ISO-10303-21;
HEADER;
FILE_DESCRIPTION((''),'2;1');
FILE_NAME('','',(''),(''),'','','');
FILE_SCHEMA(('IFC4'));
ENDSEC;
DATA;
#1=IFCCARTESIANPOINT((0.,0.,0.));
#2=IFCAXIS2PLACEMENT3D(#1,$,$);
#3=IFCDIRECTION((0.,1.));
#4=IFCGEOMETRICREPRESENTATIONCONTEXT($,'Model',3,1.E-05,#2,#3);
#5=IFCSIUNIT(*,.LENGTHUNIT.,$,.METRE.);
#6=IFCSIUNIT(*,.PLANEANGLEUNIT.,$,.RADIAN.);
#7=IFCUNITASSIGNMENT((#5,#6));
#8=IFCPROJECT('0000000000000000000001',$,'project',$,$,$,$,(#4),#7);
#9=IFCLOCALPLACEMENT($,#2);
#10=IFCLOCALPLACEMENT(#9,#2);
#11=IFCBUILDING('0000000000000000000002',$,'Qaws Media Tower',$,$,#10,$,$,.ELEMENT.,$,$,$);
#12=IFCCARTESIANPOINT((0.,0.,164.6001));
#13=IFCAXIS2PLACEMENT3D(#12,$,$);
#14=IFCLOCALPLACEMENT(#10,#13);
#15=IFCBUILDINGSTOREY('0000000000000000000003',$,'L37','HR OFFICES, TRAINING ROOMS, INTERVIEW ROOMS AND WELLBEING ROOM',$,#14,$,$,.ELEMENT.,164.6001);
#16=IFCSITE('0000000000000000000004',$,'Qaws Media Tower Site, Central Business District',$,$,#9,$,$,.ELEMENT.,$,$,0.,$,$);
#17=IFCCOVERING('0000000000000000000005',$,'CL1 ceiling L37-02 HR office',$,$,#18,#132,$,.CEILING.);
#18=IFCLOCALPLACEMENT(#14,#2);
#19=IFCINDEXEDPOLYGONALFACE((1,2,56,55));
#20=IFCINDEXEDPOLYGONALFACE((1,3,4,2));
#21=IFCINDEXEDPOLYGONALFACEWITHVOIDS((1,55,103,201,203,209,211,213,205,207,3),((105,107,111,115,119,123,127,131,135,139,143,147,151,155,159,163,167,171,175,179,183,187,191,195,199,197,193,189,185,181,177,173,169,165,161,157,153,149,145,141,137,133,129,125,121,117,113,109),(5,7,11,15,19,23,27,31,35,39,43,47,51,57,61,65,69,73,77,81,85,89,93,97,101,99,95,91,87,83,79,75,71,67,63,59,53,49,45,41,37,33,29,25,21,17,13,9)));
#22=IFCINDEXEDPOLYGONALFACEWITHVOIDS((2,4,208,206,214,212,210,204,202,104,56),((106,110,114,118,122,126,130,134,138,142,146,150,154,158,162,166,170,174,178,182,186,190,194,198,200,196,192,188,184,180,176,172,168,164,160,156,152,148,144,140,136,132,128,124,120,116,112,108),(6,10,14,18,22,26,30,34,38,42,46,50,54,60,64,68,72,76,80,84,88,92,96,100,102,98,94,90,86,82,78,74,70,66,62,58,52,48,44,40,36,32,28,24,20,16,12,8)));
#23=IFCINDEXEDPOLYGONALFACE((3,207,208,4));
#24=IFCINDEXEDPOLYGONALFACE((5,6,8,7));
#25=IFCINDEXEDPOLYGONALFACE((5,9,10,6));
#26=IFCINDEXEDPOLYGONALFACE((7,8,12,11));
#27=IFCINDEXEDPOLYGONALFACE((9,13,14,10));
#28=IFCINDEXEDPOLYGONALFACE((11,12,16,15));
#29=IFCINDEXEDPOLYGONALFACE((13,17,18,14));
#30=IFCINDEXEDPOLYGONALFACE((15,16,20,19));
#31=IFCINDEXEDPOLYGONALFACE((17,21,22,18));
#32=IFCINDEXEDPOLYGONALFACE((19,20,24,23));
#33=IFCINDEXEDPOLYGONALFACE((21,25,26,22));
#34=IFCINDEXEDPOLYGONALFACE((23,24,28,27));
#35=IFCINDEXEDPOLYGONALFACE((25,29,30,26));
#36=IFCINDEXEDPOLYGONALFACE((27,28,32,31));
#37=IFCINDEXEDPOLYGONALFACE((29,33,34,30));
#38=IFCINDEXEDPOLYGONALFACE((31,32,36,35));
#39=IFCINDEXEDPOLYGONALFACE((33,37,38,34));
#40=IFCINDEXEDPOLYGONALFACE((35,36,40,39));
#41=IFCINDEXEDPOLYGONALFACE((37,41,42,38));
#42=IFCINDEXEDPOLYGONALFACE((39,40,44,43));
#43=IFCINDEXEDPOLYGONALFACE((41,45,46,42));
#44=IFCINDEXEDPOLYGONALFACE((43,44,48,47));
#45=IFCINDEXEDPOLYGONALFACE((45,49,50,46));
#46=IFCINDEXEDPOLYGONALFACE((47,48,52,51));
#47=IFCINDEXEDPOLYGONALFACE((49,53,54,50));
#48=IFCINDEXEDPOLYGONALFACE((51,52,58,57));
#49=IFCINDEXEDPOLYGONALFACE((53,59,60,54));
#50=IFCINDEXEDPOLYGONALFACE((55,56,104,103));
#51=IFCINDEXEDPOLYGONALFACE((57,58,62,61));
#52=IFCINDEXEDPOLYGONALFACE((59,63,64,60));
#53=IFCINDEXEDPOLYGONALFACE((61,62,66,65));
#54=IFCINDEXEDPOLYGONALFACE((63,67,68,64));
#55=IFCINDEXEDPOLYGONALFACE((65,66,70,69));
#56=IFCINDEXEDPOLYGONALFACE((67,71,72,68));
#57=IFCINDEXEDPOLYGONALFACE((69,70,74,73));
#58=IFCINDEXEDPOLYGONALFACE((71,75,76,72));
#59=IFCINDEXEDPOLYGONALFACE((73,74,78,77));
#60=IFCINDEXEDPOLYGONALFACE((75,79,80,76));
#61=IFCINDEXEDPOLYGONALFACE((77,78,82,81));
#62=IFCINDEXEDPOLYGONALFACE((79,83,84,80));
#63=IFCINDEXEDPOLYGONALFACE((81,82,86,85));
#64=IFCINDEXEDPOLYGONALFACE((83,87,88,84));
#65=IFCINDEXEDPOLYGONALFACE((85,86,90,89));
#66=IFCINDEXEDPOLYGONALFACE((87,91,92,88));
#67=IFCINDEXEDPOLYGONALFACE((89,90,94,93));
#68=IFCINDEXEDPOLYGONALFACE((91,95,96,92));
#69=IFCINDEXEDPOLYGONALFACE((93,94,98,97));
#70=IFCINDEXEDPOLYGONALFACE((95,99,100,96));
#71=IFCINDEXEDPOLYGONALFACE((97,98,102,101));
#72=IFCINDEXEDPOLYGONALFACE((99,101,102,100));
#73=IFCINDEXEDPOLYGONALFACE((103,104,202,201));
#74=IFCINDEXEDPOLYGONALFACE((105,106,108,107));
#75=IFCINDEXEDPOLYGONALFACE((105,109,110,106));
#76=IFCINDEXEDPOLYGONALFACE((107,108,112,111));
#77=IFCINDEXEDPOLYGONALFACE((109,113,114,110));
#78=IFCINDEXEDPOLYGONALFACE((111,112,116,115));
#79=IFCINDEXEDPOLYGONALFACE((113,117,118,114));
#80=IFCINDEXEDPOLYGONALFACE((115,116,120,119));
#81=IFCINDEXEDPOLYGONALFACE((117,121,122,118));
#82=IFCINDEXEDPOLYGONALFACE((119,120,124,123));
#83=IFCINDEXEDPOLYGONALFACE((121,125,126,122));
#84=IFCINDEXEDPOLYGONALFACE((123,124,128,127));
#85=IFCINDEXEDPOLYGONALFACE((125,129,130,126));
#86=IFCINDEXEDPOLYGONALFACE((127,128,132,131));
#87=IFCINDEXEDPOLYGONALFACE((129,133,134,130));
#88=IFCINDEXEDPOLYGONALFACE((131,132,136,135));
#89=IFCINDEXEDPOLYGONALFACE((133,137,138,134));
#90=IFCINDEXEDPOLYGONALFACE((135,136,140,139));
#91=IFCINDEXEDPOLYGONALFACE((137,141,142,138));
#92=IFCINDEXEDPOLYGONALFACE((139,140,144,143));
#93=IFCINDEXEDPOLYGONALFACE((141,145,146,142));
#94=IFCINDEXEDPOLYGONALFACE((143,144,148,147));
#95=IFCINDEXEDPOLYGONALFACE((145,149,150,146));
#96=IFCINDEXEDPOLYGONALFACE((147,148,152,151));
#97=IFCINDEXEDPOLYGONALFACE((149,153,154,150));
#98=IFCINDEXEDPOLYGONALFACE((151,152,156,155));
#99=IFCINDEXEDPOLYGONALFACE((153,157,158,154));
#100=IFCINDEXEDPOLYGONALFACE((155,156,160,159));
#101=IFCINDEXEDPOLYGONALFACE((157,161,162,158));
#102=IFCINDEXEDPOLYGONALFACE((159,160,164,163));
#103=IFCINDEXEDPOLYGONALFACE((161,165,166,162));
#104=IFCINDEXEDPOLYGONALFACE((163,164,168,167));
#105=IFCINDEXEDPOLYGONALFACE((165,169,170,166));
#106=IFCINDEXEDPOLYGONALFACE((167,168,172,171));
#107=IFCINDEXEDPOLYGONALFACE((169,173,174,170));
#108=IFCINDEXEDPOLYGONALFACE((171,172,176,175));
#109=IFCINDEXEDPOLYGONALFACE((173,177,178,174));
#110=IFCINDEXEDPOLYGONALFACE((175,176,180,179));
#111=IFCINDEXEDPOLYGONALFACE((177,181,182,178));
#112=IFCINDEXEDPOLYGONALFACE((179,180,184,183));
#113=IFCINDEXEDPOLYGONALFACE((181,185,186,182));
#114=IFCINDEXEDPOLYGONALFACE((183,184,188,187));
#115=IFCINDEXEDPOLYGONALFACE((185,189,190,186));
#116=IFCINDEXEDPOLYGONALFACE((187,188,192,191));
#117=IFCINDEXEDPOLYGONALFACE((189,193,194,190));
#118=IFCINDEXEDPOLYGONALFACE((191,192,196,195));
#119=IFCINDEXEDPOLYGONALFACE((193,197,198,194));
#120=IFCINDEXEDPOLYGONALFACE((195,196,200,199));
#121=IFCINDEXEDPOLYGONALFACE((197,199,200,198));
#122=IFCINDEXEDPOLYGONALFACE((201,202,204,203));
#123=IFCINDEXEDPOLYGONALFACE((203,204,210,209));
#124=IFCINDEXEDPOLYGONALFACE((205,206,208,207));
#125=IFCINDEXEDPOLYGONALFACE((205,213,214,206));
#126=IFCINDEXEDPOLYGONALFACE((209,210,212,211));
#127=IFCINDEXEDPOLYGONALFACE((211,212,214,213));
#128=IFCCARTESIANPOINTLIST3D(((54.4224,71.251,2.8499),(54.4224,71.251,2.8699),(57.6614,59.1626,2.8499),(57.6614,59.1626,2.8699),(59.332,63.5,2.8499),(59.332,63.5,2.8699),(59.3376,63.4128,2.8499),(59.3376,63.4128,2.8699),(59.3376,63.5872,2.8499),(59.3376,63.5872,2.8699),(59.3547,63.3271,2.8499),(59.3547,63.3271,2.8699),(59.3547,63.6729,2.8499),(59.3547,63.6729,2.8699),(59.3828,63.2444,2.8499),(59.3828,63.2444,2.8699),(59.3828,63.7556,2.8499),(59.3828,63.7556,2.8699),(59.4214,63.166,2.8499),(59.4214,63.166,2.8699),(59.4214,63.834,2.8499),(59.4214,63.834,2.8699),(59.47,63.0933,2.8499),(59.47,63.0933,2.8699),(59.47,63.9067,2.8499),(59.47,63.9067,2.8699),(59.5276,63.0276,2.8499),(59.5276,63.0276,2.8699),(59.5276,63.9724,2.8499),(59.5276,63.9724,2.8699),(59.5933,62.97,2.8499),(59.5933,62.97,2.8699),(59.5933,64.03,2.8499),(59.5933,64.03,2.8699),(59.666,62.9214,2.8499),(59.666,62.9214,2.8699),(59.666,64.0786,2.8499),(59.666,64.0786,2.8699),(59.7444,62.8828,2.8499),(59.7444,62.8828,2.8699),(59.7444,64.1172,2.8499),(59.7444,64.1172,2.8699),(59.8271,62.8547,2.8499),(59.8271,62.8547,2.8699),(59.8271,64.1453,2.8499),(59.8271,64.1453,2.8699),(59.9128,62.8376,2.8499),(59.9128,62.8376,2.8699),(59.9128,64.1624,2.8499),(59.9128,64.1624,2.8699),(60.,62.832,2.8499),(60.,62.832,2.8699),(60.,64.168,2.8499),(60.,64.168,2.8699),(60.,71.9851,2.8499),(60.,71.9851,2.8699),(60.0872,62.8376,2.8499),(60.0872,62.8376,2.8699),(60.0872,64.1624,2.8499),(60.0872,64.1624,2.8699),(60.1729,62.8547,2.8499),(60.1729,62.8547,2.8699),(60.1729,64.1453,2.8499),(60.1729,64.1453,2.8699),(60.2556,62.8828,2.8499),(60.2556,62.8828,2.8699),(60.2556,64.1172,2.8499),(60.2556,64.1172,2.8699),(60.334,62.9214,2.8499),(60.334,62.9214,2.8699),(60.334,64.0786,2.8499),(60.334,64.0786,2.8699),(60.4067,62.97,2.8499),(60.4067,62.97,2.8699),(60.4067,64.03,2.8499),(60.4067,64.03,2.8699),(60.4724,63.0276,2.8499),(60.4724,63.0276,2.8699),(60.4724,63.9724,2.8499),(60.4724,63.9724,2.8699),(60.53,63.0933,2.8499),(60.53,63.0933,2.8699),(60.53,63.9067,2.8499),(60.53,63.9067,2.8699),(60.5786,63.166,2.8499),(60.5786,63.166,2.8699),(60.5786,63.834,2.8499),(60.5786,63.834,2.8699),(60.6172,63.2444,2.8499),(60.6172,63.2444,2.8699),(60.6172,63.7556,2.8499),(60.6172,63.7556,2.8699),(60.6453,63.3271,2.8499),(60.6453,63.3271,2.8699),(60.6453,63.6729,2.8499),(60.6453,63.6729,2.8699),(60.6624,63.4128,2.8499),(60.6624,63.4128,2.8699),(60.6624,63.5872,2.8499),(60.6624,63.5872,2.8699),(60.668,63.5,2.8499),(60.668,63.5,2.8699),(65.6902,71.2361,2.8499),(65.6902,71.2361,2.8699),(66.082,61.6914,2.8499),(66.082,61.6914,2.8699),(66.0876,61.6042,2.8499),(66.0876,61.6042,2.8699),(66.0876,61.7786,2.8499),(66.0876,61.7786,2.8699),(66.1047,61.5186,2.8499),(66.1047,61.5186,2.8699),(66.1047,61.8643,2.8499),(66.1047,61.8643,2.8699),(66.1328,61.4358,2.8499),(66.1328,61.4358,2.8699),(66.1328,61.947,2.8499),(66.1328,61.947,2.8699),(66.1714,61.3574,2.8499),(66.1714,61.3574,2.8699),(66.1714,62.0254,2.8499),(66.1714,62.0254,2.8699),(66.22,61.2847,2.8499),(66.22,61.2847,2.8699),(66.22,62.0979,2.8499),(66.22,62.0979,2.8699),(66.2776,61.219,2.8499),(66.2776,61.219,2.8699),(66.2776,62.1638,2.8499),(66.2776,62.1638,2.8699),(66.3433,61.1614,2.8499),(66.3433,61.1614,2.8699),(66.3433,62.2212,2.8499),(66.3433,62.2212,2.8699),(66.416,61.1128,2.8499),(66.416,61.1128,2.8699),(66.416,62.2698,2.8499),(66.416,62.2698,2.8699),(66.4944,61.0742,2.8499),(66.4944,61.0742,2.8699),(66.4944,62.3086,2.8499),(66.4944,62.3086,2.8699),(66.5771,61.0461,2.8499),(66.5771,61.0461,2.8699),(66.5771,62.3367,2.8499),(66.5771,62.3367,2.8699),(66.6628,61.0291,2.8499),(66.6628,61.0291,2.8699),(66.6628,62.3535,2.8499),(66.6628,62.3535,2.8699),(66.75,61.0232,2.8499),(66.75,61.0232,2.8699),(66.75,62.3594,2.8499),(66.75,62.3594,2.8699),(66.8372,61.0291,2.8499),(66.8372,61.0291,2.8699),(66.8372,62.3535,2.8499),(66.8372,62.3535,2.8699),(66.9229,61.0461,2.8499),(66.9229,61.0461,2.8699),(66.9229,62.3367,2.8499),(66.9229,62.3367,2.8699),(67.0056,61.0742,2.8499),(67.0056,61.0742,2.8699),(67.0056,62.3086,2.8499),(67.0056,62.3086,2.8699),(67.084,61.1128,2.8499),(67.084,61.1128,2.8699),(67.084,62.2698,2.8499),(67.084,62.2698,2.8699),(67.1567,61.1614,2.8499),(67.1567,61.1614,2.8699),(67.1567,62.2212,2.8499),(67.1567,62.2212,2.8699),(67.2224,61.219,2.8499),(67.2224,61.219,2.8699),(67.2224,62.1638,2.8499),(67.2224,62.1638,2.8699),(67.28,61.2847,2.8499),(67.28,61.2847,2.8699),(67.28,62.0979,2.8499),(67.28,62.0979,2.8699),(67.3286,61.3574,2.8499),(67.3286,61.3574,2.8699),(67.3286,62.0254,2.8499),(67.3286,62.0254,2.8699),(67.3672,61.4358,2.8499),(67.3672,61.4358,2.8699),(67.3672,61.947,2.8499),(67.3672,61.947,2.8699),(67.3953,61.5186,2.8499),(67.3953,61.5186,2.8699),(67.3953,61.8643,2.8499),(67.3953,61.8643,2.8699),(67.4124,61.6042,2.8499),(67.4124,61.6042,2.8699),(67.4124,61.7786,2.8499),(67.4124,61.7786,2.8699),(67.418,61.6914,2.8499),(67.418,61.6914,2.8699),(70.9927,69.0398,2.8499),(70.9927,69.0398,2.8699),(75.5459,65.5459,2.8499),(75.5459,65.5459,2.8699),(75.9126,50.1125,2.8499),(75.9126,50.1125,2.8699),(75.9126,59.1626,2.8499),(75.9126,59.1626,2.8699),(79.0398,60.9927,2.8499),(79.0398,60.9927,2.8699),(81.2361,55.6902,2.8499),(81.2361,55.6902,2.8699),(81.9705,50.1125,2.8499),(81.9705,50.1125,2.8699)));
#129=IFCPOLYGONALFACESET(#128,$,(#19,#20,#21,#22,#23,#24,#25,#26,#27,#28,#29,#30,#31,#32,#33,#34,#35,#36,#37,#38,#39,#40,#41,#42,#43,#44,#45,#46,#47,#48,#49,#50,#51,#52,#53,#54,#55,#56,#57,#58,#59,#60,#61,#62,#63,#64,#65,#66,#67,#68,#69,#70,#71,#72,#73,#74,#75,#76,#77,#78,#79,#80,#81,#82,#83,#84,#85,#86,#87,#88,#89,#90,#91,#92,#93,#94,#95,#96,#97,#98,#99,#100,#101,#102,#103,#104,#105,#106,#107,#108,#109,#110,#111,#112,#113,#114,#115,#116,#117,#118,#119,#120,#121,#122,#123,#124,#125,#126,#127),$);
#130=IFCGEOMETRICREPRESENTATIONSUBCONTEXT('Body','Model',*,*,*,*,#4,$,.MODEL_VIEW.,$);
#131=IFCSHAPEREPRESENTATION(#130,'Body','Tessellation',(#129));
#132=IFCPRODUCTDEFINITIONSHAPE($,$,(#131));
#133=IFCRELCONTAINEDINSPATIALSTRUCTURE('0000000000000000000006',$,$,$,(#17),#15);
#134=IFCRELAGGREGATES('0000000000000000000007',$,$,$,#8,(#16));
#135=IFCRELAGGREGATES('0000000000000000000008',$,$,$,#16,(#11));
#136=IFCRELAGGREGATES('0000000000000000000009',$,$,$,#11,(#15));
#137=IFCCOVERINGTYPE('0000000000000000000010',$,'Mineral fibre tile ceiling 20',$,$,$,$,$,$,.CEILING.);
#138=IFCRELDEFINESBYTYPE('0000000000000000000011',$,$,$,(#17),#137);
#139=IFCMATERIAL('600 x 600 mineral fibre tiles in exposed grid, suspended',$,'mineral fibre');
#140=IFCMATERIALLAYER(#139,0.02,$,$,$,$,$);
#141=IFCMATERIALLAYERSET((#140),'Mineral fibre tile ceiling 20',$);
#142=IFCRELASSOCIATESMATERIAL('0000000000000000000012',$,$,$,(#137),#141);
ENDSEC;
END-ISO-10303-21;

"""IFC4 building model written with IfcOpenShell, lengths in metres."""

from ifc_helpers import new_model, si_unit, direction, frame, origin, place, context, subcontext, project, spatial, polyline, outline, extrude, material, layer, layer_set, type_object, element, save


model = new_model("IFC4")

# Units and contexts
model_context = context("Model", 3, precision=1e-05, world=origin(), true_north=direction((0.0, 1.0)))
body_context = subcontext(model_context, "Body", "Model", "MODEL_VIEW")
ifc_project = project(units=[si_unit("LENGTHUNIT", "METRE"), si_unit("PLANEANGLEUNIT", "RADIAN")], contexts=[model_context])

# Site, building, storey
site_placement = place(None, origin())
site = spatial("IfcSite", under=ifc_project, at=site_placement, Name="Qaws Media Tower Site, Central Business District", CompositionType="ELEMENT", RefElevation=0.0)
building_placement = place(site_placement, origin())
building = spatial("IfcBuilding", under=site, at=building_placement, Name="Qaws Media Tower", CompositionType="ELEMENT")
storey_placement = place(building_placement, frame((0.0, 0.0, 164.6001)))
storey = spatial("IfcBuildingStorey", under=building, at=storey_placement, Name="L37", Description="HR OFFICES, TRAINING ROOMS, INTERVIEW ROOMS AND WELLBEING ROOM", CompositionType="ELEMENT", Elevation=164.6001)

# Covering
ifc_material_1 = material(Name="600 x 600 mineral fibre tiles in exposed grid, suspended", Category="mineral fibre")
ifc_layer_1 = layer(ifc_material_1, 0.02)
ifc_layer_set_1 = layer_set([ifc_layer_1], Name="Mineral fibre tile ceiling 20")
covering_type_1 = type_object("IfcCoveringType", Name="Mineral fibre tile ceiling 20", PredefinedType="CEILING", material=ifc_layer_set_1)
covering_1_placement = place(storey_placement, frame((0.0, 0.0, 2.8499)))
element("IfcCovering", 1, at=covering_1_placement, inside=storey, type_object=covering_type_1, Name="CL1 ceiling L37-02 HR office", PredefinedType="CEILING", context=body_context, shape_type="SweptSolid", body=[
    extrude(outline(polyline([(60.0, 71.9851), (65.6902, 71.2361), (70.9927, 69.0398), (75.5459, 65.5459), (79.0398, 60.9927), (81.2361, 55.6902), (81.9705, 50.1125), (75.9126, 50.1125), (75.9126, 59.1626), (57.6614, 59.1626), (54.4224, 71.251), (60.0, 71.9851)]), holes=[polyline([(60.6172, 63.2444), (60.6453, 63.3271), (60.6624, 63.4128), (60.668, 63.5), (60.6624, 63.5872), (60.6453, 63.6729), (60.6172, 63.7556), (60.5786, 63.834), (60.53, 63.9067), (60.4724, 63.9724), (60.4067, 64.03), (60.334, 64.0786), (60.2556, 64.1172), (60.1729, 64.1453), (60.0872, 64.1624), (60.0, 64.168), (59.9128, 64.1624), (59.8271, 64.1453), (59.7444, 64.1172), (59.666, 64.0786), (59.5933, 64.03), (59.5276, 63.9724), (59.47, 63.9067), (59.4214, 63.834), (59.3828, 63.7556), (59.3547, 63.6729), (59.3376, 63.5872), (59.332, 63.5), (59.3376, 63.4128), (59.3547, 63.3271), (59.3828, 63.2444), (59.4214, 63.166), (59.47, 63.0933), (59.5276, 63.0276), (59.5933, 62.97), (59.666, 62.9214), (59.7444, 62.8828), (59.8271, 62.8547), (59.9128, 62.8376), (60.0, 62.832), (60.0872, 62.8376), (60.1729, 62.8547), (60.2556, 62.8828), (60.334, 62.9214), (60.4067, 62.97), (60.4724, 63.0276), (60.53, 63.0933), (60.5786, 63.166), (60.6172, 63.2444)]), polyline([(67.3672, 61.4358), (67.3953, 61.5186), (67.4124, 61.6042), (67.418, 61.6914), (67.4124, 61.7786), (67.3953, 61.8643), (67.3672, 61.947), (67.3286, 62.0254), (67.28, 62.0979), (67.2224, 62.1638), (67.1567, 62.2212), (67.084, 62.2698), (67.0056, 62.3086), (66.9229, 62.3367), (66.8372, 62.3535), (66.75, 62.3594), (66.6628, 62.3535), (66.5771, 62.3367), (66.4944, 62.3086), (66.416, 62.2698), (66.3433, 62.2212), (66.2776, 62.1638), (66.22, 62.0979), (66.1714, 62.0254), (66.1328, 61.947), (66.1047, 61.8643), (66.0876, 61.7786), (66.082, 61.6914), (66.0876, 61.6042), (66.1047, 61.5186), (66.1328, 61.4358), (66.1714, 61.3574), (66.22, 61.2847), (66.2776, 61.219), (66.3433, 61.1614), (66.416, 61.1128), (66.4944, 61.0742), (66.5771, 61.0461), (66.6628, 61.0291), (66.75, 61.0232), (66.8372, 61.0291), (66.9229, 61.0461), (67.0056, 61.0742), (67.084, 61.1128), (67.1567, 61.1614), (67.2224, 61.219), (67.28, 61.2847), (67.3286, 61.3574), (67.3672, 61.4358)])]), origin(), (0.0, 0.0, 1.0), 0.02),
])

save(model, "model.ifc")
